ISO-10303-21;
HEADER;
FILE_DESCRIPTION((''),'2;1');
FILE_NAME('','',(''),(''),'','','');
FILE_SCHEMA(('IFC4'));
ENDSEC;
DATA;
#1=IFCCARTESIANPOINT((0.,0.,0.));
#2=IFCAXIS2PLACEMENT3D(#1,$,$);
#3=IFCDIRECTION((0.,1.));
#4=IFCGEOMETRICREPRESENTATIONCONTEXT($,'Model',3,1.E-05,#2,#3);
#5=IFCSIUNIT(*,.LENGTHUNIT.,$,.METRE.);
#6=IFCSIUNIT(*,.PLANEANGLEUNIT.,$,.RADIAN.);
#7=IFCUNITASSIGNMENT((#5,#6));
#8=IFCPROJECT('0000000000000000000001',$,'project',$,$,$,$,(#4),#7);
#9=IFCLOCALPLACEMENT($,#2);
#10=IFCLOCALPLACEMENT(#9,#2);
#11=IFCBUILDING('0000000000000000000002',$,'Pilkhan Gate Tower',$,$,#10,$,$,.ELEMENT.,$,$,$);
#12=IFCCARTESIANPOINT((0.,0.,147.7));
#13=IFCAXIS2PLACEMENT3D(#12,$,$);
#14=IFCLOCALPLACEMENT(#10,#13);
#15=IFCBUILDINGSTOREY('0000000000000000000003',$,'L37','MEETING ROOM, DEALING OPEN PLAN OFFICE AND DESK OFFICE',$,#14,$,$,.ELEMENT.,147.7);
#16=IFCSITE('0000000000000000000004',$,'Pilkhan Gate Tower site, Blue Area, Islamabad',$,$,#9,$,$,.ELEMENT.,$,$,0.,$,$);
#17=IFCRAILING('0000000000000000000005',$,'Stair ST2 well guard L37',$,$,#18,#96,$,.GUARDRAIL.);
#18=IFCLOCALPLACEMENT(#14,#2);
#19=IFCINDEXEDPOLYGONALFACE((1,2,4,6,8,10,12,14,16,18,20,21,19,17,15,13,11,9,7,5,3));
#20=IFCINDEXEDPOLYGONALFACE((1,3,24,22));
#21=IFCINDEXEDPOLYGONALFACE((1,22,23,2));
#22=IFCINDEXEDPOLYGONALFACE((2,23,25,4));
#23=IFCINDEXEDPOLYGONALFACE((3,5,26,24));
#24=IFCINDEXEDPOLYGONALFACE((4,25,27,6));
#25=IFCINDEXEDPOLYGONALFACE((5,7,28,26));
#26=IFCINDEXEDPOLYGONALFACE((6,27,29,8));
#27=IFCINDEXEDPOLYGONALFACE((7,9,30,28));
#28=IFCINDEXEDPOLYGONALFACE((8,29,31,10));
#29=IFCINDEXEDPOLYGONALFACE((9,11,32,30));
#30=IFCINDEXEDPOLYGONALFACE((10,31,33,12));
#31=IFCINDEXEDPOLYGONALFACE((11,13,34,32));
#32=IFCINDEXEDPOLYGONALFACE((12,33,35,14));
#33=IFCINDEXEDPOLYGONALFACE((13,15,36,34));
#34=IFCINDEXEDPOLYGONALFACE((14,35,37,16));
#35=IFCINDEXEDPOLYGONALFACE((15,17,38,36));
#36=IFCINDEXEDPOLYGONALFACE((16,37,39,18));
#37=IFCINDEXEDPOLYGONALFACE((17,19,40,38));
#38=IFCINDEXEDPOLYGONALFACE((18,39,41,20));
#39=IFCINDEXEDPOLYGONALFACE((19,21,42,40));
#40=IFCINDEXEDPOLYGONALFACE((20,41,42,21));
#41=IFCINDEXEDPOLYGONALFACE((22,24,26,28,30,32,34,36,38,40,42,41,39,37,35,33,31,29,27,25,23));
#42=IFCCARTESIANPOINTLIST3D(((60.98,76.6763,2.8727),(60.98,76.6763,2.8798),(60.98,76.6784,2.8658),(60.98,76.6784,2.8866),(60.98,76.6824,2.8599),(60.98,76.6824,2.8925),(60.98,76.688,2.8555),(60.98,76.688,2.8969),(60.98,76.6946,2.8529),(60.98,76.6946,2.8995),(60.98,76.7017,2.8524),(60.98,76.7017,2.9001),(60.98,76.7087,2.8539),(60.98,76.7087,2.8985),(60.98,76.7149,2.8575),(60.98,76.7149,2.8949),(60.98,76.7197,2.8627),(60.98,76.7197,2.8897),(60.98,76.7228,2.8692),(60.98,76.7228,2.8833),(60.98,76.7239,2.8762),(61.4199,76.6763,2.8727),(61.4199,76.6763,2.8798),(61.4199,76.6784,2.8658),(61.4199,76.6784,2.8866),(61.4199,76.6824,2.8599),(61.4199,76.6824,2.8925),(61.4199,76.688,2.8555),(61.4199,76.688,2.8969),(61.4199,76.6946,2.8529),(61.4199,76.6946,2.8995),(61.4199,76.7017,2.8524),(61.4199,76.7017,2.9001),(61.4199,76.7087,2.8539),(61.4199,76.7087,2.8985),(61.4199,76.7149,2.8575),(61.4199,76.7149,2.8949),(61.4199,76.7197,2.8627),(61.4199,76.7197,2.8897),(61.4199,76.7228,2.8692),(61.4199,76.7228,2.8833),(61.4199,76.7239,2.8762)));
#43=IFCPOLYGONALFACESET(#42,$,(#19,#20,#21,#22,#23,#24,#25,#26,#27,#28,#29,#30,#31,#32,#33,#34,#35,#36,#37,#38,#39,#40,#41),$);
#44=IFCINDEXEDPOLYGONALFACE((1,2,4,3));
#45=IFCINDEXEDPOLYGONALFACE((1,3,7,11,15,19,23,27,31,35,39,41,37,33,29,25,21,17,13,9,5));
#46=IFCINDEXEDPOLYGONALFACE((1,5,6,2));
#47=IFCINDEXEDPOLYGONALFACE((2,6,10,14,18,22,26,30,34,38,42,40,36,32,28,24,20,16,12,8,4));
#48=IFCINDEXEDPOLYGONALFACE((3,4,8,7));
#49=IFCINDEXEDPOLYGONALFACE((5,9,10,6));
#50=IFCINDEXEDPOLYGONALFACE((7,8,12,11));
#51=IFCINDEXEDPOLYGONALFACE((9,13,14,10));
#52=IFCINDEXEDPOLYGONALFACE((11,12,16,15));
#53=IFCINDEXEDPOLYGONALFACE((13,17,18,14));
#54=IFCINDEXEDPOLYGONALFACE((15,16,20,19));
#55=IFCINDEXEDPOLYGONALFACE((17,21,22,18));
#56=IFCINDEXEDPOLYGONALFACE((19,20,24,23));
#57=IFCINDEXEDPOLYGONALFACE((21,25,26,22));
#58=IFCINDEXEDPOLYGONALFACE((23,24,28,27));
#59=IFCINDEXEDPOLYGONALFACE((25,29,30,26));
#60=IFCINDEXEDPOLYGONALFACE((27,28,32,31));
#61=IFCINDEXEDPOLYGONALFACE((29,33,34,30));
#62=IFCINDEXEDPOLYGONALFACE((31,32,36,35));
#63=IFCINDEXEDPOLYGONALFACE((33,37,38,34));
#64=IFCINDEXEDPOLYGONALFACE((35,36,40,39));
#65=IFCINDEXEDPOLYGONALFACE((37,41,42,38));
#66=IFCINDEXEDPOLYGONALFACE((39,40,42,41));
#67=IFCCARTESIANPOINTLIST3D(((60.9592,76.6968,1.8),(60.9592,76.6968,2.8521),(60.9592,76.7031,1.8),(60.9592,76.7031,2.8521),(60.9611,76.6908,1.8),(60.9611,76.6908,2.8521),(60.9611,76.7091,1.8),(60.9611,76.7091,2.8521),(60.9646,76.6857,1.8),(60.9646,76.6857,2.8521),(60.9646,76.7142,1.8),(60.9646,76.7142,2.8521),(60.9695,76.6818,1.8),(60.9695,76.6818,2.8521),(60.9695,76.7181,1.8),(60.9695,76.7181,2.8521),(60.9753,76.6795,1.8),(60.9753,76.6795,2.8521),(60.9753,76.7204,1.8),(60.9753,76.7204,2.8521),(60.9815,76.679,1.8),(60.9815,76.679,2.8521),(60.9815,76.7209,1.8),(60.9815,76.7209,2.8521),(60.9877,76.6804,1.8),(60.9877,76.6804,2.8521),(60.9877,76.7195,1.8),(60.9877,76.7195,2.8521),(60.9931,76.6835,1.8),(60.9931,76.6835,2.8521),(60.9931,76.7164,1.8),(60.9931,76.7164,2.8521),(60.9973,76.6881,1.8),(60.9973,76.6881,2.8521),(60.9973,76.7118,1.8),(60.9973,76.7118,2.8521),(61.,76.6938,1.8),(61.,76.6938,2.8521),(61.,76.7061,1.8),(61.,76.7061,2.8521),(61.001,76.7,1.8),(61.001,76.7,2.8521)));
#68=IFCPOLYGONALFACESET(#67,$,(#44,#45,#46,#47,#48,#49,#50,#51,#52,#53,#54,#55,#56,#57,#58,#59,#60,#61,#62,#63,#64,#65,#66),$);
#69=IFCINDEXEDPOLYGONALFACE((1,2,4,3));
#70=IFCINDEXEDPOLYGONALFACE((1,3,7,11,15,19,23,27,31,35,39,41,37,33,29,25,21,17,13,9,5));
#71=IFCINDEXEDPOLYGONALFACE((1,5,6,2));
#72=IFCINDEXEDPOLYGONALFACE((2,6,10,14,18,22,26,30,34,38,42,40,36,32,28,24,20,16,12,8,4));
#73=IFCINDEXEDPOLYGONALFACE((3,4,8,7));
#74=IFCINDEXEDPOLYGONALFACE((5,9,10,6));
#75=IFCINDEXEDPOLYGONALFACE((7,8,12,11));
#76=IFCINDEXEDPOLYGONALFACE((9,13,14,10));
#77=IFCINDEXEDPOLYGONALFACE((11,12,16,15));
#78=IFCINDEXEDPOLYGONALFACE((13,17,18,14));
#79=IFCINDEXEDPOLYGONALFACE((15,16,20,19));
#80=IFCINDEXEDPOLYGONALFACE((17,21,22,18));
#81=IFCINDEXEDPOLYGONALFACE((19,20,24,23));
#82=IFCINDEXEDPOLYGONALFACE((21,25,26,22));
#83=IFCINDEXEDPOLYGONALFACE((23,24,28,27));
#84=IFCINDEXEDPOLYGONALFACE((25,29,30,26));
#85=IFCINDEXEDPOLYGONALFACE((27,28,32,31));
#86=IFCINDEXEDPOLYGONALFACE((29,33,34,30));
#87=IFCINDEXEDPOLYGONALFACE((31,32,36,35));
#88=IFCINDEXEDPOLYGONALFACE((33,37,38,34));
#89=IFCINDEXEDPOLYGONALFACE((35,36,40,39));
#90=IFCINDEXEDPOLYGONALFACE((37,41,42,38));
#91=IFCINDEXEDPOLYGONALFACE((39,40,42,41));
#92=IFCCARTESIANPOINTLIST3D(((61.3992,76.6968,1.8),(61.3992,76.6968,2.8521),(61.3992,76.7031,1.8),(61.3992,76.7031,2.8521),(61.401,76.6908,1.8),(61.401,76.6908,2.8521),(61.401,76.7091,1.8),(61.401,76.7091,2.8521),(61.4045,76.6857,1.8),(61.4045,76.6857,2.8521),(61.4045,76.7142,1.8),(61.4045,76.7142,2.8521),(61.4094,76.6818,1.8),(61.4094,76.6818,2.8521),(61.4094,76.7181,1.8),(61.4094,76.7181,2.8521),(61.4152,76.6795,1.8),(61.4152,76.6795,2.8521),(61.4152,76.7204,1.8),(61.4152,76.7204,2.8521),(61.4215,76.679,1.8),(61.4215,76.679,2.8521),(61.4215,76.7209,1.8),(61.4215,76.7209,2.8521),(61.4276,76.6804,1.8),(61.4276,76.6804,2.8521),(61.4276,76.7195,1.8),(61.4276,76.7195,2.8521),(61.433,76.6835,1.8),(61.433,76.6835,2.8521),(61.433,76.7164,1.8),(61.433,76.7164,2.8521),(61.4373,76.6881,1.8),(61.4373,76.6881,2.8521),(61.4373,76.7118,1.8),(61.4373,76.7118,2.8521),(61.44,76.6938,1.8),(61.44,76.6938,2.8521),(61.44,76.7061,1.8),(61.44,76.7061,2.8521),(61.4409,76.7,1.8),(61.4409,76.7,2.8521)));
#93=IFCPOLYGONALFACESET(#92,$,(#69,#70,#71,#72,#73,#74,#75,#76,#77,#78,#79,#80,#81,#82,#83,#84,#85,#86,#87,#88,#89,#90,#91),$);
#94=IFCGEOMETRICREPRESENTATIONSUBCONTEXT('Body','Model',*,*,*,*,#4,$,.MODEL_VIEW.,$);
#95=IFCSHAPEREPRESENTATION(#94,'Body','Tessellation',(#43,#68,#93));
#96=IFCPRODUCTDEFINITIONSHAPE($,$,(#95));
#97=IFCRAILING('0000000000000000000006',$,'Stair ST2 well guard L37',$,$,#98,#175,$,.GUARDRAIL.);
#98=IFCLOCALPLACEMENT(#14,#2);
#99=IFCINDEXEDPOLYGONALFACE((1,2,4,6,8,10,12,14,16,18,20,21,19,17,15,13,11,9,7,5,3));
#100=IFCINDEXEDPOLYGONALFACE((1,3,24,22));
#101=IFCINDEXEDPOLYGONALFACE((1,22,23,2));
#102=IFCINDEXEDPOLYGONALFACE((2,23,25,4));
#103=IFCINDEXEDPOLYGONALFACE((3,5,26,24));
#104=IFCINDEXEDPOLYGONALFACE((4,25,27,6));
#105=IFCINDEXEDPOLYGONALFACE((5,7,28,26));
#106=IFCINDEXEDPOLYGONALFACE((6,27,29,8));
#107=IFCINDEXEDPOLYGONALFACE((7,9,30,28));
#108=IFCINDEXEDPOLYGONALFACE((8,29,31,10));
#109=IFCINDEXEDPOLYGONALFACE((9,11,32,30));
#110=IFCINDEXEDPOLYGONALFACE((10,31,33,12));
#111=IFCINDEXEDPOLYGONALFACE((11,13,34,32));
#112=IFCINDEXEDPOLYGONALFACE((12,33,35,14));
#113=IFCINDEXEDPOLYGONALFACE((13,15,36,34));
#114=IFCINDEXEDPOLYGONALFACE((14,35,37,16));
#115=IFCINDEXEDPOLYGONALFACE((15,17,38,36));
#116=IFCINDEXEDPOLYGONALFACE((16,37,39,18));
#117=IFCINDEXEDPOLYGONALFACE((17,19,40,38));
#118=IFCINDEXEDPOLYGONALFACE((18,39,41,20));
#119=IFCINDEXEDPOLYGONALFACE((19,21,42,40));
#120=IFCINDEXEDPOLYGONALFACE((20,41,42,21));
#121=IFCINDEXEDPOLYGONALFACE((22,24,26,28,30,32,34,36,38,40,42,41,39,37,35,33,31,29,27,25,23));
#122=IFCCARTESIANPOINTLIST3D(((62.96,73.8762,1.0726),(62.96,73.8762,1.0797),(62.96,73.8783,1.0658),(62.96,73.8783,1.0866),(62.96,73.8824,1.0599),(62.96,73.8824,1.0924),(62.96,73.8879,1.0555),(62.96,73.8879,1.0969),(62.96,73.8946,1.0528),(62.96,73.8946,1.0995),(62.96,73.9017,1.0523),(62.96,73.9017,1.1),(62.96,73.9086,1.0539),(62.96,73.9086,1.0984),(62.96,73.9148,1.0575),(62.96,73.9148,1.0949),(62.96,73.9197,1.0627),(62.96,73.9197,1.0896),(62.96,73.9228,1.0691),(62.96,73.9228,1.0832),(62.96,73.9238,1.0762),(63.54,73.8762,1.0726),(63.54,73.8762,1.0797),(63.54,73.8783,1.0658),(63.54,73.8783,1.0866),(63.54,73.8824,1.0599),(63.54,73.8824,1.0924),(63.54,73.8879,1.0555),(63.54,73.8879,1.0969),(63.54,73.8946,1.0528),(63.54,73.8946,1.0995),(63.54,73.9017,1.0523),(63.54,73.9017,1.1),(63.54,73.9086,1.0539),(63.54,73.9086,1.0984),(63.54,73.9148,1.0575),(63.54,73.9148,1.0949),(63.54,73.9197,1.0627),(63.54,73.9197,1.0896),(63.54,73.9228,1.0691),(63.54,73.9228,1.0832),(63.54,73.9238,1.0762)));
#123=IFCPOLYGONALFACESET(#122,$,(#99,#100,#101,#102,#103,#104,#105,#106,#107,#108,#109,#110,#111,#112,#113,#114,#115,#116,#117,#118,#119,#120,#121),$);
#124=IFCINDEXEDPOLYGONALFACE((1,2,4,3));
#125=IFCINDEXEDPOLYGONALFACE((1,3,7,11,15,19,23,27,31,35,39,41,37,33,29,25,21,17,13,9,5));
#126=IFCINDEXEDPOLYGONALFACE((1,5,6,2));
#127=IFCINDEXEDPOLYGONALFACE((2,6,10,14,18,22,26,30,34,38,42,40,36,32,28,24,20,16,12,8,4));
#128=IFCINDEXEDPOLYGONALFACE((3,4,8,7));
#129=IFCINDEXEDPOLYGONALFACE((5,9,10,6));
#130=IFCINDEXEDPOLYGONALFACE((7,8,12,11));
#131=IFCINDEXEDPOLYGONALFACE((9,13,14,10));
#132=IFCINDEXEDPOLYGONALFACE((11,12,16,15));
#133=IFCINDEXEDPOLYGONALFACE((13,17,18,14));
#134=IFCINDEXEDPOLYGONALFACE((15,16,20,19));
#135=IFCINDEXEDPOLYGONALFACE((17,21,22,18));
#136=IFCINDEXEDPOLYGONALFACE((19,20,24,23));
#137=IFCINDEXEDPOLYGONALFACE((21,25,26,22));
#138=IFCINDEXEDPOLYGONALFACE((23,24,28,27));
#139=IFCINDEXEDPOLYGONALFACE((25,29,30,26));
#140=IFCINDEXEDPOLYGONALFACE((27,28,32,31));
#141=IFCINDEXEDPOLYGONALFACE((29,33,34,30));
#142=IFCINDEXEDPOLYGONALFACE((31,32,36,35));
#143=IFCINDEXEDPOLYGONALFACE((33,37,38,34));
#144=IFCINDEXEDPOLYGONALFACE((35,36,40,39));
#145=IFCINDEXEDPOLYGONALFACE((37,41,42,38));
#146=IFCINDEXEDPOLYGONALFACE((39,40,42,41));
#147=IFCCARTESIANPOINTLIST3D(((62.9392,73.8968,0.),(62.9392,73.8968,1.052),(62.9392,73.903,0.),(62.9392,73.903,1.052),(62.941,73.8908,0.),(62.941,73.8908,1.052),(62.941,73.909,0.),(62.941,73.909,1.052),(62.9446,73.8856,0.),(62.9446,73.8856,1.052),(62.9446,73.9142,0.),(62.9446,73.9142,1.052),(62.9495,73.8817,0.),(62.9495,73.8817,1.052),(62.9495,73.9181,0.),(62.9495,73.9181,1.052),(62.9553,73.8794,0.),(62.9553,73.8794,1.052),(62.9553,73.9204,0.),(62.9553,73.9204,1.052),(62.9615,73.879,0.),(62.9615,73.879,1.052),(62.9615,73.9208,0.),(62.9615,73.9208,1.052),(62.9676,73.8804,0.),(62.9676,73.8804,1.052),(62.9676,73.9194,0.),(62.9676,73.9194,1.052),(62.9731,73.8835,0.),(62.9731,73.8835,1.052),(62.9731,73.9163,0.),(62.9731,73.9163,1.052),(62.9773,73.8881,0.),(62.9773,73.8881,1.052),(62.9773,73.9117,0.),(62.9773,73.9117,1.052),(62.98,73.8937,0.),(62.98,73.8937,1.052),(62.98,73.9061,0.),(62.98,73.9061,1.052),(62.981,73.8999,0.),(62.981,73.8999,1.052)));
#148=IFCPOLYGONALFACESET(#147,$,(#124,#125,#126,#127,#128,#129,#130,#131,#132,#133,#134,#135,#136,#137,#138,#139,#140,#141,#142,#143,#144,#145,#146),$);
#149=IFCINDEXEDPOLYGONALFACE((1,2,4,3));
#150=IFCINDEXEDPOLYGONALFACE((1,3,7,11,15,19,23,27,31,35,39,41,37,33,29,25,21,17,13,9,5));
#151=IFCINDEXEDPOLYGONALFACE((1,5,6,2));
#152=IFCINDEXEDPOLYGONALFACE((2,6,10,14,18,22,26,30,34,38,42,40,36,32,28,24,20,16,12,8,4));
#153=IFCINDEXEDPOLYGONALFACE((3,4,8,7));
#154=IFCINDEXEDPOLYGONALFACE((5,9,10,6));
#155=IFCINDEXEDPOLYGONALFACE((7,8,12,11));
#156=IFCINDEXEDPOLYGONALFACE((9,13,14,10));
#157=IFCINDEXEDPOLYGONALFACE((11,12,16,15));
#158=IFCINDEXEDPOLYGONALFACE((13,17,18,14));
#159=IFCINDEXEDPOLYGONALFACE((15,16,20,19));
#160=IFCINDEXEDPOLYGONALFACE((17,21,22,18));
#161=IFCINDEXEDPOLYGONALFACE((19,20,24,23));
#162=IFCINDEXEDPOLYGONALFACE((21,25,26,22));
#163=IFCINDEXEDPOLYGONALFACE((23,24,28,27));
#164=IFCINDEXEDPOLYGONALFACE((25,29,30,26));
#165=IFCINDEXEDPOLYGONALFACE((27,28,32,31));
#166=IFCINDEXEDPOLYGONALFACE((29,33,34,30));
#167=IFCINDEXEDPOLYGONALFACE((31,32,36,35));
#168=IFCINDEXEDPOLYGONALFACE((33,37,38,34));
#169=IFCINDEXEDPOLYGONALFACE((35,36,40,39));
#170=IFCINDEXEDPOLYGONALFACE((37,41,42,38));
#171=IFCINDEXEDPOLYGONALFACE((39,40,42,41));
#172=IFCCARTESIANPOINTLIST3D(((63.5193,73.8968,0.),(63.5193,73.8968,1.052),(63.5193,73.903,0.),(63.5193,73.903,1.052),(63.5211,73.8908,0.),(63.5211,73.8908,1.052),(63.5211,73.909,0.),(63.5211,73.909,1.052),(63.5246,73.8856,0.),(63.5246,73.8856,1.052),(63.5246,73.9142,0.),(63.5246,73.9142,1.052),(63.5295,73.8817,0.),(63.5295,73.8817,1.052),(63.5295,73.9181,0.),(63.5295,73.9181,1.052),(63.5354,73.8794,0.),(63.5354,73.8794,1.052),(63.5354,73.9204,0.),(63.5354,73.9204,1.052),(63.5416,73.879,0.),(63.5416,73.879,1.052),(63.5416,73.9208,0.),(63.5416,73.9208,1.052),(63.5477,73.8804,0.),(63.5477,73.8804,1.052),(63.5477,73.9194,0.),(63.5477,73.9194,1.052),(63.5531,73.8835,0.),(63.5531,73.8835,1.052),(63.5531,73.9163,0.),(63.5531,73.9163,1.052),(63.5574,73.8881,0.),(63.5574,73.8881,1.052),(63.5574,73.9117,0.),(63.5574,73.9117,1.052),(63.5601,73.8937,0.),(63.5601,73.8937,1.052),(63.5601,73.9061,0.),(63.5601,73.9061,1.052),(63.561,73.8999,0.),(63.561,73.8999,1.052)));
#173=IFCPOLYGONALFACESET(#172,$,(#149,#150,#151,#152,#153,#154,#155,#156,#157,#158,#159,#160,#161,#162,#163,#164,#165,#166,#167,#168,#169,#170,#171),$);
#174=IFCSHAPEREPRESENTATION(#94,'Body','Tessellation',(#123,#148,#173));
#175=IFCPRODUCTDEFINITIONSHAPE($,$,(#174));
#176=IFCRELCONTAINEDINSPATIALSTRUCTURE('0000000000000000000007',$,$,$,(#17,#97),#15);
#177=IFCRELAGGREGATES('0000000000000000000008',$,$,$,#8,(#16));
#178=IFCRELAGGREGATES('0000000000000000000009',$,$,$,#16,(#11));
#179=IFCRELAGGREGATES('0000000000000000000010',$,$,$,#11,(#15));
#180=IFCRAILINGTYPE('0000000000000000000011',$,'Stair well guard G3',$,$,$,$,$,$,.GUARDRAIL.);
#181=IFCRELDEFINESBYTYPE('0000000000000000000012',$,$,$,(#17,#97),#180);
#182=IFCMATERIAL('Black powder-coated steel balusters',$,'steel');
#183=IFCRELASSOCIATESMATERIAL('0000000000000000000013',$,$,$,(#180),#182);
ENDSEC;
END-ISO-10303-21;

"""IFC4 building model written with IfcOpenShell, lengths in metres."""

from ifc_helpers import new_model, si_unit, direction, frame, origin, origin_2d, place, context, subcontext, project, spatial, circle, extrude, material, type_object, element, save


model = new_model("IFC4")

# Units and contexts
model_context = context("Model", 3, precision=1e-05, world=origin(), true_north=direction((0.0, 1.0)))
body_context = subcontext(model_context, "Body", "Model", "MODEL_VIEW")
ifc_project = project(units=[si_unit("LENGTHUNIT", "METRE"), si_unit("PLANEANGLEUNIT", "RADIAN")], contexts=[model_context])

# Site, building, storey
site_placement = place(None, origin())
site = spatial("IfcSite", under=ifc_project, at=site_placement, Name="Pilkhan Gate Tower site, Blue Area, Islamabad", CompositionType="ELEMENT", RefElevation=0.0)
building_placement = place(site_placement, origin())
building = spatial("IfcBuilding", under=site, at=building_placement, Name="Pilkhan Gate Tower", CompositionType="ELEMENT")
storey_placement = place(building_placement, frame((0.0, 0.0, 147.7)))
storey = spatial("IfcBuildingStorey", under=building, at=storey_placement, Name="L37", Description="MEETING ROOM, DEALING OPEN PLAN OFFICE AND DESK OFFICE", CompositionType="ELEMENT", Elevation=147.7)

# Railings
ifc_material_1 = material(Name="Black powder-coated steel balusters", Category="steel")
railing_type_1 = type_object("IfcRailingType", Name="Stair well guard G3", PredefinedType="GUARDRAIL", material=ifc_material_1)
railing_1_placement = place(storey_placement, frame((60.98, 76.7, 1.8)))
element("IfcRailing", 1, at=railing_1_placement, inside=storey, type_object=railing_type_1, Name="Stair ST2 well guard L37", PredefinedType="GUARDRAIL", context=body_context, shape_type="SweptSolid", body=[
    extrude(circle(Radius=0.0239, at=origin_2d()), frame((0.0, 0.0, 1.0762), z_axis=(1.0, 0.0, 0.0), x_axis=(0.0, 1.0, 0.0)), (0.0, 0.0, 1.0), 0.4399),
    extrude(circle(Radius=0.021, at=origin_2d()), origin(), (0.0, 0.0, 1.0), 1.052),
    extrude(circle(Radius=0.021, at=origin_2d()), frame((0.4399, 0.0, 0.0)), (0.0, 0.0, 1.0), 1.052),
])
for number, where, name in (
    (2, (62.96, 73.8999, 0.0), "Stair ST2 well guard L37"),
):
    element("IfcRailing", number, at=place(storey_placement, frame(where)), inside=storey, type_object=railing_type_1, Name=name, PredefinedType="GUARDRAIL", context=body_context, shape_type="SweptSolid", body=[
        extrude(circle(Radius=0.0239, at=origin_2d()), frame((0.0, 0.0, 1.0762), z_axis=(1.0, 0.0, 0.0), x_axis=(0.0, 1.0, 0.0)), (0.0, 0.0, 1.0), 0.5801),
        extrude(circle(Radius=0.021, at=origin_2d()), origin(), (0.0, 0.0, 1.0), 1.052),
        extrude(circle(Radius=0.021, at=origin_2d()), frame((0.5801, 0.0, 0.0)), (0.0, 0.0, 1.0), 1.052),
    ])

save(model, "model.ifc")
